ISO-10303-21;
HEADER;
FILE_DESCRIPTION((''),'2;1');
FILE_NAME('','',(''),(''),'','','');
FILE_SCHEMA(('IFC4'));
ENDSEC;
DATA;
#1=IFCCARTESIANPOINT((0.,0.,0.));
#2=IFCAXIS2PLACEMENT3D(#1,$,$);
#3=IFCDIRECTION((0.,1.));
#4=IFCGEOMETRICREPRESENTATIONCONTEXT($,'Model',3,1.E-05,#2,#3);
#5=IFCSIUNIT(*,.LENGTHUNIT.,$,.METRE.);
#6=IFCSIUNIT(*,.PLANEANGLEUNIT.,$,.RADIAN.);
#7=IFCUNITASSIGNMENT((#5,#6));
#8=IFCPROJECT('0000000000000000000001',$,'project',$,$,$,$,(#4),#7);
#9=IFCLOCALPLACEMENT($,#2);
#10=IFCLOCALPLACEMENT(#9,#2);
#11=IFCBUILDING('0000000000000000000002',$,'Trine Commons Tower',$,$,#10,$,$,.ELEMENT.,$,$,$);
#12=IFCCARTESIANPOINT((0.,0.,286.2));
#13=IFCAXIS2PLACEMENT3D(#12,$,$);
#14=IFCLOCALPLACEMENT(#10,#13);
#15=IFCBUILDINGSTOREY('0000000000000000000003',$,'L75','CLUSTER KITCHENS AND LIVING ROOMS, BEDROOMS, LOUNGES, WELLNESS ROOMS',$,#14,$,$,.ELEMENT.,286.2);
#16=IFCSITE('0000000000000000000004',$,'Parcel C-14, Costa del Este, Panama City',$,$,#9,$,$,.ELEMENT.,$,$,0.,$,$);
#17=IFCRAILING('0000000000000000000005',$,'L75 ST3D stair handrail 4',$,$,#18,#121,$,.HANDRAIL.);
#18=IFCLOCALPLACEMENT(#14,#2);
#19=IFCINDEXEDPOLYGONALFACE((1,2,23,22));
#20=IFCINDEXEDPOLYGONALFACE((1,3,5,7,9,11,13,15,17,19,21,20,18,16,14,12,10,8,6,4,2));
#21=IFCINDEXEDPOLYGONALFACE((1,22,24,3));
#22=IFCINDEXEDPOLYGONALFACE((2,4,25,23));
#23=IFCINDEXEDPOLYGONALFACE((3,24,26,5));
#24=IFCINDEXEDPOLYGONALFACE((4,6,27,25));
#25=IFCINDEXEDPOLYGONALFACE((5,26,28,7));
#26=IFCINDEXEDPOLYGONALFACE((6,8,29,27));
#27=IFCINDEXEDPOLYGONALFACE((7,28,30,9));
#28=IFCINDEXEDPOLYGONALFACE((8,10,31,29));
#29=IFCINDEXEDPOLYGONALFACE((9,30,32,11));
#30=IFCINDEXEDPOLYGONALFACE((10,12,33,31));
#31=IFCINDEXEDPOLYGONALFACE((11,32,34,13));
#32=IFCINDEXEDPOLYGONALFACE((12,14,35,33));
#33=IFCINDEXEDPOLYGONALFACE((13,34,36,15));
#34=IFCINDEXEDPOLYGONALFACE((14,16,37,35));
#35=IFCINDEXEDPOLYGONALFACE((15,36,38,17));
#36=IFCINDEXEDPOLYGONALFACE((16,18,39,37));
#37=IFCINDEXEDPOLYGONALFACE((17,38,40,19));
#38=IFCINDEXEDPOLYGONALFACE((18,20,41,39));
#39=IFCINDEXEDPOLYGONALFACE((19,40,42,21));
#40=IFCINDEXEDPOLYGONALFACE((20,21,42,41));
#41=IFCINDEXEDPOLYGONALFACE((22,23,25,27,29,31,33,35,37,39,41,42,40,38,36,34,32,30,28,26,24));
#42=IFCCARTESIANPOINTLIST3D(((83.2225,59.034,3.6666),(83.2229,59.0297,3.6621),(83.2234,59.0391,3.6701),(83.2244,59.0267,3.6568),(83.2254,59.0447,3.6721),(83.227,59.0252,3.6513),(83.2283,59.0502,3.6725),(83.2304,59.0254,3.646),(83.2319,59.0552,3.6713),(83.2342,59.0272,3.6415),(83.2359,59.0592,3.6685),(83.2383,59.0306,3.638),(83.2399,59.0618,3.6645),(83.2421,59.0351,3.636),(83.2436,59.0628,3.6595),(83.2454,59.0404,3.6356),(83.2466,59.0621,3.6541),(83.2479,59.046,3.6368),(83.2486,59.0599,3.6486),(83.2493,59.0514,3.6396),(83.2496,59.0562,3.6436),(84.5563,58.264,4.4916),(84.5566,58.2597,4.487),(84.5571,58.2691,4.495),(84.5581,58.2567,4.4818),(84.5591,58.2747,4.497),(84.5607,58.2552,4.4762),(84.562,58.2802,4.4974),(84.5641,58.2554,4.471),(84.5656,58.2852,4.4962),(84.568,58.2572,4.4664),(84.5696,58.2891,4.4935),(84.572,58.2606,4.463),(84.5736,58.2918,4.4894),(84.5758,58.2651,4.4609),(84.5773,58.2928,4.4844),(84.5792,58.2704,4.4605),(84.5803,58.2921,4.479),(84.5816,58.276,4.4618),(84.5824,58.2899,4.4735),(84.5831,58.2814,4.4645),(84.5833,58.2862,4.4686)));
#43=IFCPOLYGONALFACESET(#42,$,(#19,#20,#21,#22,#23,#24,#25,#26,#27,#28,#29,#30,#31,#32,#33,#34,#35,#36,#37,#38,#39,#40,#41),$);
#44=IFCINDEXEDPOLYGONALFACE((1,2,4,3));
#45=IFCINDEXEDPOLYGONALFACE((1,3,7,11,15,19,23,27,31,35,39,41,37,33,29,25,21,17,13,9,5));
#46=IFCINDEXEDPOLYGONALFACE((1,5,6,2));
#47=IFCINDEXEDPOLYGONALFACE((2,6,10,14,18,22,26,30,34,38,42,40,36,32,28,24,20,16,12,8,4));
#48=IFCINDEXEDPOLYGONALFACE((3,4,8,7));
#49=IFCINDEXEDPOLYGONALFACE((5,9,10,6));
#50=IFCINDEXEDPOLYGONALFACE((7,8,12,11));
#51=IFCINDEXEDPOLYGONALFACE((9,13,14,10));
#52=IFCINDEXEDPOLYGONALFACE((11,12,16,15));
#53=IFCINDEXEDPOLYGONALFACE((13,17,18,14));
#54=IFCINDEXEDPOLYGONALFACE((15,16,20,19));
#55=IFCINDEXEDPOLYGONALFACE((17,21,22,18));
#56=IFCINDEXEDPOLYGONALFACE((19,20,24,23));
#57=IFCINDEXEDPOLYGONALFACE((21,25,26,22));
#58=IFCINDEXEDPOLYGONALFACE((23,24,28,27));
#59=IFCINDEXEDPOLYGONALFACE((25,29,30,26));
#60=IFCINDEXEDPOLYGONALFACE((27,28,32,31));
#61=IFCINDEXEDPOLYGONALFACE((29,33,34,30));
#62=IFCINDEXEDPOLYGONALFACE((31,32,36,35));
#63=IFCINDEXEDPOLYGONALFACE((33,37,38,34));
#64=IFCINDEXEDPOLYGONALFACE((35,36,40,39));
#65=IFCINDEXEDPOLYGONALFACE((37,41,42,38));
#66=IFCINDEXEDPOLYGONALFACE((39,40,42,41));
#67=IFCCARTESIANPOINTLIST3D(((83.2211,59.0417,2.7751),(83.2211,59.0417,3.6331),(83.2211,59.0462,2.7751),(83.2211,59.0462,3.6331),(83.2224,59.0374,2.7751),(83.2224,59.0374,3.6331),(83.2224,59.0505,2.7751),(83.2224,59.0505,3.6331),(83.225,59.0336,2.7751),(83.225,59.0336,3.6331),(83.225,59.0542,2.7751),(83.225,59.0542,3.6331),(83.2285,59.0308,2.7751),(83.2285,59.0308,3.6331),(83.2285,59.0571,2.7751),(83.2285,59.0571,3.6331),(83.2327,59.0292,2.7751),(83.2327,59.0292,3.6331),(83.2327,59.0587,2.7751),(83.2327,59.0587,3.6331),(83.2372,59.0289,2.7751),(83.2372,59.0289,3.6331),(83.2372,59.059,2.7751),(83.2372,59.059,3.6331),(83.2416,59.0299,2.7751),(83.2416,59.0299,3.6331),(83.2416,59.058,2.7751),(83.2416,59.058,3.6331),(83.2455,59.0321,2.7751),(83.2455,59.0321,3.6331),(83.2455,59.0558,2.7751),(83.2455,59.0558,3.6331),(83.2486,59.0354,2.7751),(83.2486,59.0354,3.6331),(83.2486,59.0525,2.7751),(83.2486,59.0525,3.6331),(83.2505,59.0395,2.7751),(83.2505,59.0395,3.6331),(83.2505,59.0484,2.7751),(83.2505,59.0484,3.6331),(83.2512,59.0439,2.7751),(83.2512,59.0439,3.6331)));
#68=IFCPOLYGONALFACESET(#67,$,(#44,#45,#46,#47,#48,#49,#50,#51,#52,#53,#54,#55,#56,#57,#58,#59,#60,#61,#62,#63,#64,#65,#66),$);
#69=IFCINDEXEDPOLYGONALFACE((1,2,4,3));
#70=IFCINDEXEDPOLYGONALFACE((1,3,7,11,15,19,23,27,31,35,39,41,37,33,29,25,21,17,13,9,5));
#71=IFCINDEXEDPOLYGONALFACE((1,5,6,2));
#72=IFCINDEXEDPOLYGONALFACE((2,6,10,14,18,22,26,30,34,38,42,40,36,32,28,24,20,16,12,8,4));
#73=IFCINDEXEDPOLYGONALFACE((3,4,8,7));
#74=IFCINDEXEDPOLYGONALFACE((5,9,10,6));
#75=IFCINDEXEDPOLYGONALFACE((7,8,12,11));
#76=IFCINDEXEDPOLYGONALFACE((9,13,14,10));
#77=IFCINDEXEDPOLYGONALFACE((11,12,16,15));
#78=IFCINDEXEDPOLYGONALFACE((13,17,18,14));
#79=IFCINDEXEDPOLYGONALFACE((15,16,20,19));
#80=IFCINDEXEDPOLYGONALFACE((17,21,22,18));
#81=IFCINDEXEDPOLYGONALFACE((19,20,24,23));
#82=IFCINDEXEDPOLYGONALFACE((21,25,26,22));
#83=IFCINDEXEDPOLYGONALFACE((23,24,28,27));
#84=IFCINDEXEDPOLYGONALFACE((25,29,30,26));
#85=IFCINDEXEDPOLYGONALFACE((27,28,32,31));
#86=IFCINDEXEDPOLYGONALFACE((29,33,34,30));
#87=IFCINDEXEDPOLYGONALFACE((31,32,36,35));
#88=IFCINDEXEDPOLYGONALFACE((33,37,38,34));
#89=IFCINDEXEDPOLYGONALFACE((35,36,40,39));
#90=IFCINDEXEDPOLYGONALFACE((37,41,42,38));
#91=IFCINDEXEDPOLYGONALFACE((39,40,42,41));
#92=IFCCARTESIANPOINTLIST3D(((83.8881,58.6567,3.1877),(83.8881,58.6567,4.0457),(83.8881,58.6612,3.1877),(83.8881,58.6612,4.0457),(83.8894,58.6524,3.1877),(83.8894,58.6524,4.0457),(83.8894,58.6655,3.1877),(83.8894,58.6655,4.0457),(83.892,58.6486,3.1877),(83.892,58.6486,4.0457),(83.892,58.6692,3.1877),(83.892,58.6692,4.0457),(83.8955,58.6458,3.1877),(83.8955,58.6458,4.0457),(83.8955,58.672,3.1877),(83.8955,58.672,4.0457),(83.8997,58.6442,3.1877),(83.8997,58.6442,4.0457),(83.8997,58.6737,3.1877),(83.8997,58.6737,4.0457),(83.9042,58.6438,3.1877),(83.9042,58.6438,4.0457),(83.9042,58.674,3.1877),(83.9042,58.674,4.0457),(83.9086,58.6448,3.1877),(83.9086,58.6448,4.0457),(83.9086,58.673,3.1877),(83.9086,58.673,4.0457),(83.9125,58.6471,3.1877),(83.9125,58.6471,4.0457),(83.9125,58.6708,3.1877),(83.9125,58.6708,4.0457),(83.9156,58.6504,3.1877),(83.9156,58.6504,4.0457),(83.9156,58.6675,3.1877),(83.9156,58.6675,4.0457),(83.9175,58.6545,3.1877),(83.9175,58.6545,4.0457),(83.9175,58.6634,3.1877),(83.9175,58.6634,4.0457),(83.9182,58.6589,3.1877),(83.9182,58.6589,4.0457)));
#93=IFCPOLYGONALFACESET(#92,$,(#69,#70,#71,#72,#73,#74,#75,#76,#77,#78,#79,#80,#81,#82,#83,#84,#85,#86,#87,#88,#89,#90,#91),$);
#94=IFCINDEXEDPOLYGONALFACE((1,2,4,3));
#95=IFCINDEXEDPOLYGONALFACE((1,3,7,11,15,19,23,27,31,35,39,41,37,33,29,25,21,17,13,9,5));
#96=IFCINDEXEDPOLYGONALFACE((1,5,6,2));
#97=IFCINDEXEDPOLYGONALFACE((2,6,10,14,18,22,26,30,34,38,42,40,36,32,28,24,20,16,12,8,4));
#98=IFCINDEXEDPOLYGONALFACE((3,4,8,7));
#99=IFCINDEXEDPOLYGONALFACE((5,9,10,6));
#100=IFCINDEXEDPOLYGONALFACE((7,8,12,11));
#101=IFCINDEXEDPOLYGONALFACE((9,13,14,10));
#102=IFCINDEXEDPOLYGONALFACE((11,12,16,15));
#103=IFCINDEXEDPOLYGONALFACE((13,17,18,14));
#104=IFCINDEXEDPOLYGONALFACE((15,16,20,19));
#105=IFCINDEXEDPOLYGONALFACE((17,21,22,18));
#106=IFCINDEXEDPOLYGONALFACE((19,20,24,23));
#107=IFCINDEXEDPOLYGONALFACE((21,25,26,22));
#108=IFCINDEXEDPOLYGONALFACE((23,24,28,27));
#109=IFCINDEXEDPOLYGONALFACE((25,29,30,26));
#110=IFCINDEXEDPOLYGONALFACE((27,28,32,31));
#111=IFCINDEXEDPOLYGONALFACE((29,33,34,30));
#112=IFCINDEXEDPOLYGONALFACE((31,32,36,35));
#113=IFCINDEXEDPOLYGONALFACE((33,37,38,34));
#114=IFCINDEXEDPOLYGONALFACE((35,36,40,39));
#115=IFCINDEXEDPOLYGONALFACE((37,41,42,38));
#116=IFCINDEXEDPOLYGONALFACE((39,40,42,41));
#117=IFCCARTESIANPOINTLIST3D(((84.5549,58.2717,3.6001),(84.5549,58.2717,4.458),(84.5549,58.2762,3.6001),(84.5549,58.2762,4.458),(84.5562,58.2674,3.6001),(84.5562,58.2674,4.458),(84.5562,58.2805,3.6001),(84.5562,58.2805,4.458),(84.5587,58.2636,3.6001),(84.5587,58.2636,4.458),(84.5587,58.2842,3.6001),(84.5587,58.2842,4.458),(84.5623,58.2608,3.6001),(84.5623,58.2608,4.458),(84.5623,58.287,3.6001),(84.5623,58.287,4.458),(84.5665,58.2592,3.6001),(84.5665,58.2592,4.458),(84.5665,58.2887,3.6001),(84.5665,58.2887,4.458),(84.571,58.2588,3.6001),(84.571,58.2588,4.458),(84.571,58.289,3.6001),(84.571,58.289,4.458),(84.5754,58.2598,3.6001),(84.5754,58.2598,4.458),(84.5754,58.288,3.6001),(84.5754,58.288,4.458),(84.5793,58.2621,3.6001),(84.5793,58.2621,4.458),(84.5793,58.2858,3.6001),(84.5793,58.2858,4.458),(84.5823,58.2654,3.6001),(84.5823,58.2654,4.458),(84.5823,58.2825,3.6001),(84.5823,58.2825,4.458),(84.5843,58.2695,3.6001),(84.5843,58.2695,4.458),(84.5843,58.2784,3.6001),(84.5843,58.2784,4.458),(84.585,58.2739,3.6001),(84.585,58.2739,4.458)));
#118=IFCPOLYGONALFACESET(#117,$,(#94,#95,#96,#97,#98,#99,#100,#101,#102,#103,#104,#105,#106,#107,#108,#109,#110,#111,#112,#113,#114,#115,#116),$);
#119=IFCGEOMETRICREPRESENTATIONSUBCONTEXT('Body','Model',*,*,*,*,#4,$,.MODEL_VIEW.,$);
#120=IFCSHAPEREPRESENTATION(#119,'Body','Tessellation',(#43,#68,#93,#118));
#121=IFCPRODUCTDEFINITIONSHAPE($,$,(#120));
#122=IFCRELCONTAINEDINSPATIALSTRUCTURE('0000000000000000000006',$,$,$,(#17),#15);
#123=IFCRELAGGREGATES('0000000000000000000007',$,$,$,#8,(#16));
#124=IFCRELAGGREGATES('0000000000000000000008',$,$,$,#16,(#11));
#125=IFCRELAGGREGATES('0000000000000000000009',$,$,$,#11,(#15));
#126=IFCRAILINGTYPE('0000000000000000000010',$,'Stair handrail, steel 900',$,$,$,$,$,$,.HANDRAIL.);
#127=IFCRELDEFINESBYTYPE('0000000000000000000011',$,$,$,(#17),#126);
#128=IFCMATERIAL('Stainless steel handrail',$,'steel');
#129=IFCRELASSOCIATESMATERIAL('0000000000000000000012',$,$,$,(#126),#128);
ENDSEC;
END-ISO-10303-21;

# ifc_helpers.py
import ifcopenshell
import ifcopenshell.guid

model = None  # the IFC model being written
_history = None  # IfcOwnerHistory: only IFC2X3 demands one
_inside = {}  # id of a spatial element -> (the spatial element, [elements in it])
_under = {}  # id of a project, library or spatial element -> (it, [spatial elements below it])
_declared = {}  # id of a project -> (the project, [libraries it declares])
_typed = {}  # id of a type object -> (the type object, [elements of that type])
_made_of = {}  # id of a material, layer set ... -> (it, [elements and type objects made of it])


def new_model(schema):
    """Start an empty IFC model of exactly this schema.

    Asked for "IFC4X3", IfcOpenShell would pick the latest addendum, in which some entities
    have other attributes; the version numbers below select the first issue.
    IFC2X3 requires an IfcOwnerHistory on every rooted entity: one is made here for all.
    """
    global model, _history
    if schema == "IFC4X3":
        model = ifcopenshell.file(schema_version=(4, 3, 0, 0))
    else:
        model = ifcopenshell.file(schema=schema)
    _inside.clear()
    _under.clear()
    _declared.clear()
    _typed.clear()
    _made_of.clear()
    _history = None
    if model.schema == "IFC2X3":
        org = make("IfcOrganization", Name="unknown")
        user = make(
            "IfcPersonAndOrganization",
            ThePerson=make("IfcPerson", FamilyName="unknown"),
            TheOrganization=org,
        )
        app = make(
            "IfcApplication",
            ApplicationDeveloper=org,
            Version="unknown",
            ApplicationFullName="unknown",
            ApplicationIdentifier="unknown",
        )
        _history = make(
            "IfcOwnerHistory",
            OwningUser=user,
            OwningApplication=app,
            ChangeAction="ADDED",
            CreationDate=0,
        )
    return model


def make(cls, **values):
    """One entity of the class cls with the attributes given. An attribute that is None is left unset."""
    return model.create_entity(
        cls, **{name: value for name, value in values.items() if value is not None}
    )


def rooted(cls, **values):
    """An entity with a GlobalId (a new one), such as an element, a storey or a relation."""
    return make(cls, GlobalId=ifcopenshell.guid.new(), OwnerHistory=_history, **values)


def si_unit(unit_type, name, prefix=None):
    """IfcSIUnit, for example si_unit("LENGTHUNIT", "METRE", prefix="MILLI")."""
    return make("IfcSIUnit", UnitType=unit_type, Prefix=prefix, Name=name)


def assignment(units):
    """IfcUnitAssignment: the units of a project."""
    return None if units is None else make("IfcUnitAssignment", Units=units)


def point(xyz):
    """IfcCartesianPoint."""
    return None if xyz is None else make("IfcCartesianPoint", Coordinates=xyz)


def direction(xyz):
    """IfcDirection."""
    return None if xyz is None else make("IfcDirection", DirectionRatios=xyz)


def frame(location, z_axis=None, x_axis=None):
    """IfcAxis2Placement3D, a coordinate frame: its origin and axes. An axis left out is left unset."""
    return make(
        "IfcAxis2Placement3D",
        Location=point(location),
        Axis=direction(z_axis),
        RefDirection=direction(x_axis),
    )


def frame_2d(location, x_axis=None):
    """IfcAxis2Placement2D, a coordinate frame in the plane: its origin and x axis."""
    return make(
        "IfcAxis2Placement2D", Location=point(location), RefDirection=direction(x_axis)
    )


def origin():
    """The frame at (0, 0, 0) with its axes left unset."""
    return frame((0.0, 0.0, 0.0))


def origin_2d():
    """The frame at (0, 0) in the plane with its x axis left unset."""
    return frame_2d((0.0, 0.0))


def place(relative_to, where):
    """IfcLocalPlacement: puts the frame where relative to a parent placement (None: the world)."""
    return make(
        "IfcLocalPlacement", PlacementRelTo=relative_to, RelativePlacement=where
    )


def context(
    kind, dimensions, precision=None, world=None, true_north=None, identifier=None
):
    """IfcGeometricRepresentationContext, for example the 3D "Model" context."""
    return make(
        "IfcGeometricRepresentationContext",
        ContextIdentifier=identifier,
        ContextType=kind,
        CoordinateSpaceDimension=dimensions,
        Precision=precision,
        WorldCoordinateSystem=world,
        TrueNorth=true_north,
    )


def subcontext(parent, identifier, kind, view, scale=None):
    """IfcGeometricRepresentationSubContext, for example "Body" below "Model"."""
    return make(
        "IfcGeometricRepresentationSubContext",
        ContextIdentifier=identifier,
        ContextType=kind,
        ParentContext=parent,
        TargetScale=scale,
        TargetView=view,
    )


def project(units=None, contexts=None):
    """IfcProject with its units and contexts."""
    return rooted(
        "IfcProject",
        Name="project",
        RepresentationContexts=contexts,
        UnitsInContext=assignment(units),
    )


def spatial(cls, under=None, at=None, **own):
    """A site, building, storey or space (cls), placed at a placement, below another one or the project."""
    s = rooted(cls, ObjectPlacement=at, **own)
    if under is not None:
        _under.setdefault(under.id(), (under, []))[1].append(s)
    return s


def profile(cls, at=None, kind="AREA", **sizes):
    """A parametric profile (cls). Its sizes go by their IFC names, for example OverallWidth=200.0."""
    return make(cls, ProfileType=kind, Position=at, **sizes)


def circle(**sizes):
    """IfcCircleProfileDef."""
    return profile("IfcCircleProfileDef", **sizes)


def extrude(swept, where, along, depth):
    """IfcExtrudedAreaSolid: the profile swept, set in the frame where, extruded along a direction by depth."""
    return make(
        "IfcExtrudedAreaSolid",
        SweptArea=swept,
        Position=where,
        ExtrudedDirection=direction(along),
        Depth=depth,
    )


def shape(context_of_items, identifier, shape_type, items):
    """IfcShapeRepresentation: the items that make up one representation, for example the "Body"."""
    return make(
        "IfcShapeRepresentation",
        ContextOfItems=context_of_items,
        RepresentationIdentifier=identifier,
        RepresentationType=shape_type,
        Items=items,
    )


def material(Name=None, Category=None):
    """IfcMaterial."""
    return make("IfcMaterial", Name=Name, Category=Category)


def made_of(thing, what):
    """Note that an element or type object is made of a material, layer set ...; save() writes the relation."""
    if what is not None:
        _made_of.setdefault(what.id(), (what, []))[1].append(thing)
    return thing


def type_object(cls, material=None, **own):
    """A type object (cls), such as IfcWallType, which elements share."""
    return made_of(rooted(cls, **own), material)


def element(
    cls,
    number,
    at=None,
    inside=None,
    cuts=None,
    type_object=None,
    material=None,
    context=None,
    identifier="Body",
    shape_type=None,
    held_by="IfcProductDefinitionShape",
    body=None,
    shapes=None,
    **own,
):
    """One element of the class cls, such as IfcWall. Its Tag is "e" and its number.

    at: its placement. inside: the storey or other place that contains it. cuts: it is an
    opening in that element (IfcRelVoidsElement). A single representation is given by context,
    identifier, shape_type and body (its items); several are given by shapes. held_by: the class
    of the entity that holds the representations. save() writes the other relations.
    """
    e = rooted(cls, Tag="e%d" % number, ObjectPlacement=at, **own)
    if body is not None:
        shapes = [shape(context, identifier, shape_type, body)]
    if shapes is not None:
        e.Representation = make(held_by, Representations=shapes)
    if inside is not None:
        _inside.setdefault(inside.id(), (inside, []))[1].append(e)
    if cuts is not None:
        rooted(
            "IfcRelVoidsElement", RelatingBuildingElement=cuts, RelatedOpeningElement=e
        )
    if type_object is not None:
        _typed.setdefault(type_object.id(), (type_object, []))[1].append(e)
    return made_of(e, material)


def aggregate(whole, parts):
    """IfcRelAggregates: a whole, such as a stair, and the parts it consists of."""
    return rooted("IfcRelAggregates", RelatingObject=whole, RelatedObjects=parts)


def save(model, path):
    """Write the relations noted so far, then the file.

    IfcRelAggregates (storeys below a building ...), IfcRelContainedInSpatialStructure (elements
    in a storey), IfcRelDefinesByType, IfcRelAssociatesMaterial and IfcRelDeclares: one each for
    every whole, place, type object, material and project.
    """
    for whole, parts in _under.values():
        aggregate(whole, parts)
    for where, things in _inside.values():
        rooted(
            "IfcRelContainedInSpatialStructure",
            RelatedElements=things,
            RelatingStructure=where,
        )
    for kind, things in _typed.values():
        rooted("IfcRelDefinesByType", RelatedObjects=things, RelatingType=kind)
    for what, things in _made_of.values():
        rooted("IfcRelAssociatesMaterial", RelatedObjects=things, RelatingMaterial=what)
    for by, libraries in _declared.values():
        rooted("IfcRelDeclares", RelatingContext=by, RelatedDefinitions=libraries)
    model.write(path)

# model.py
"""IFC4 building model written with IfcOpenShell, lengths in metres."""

from ifc_helpers import new_model, si_unit, direction, frame, origin, origin_2d, place, context, subcontext, project, spatial, circle, extrude, material, type_object, element, save


model = new_model("IFC4")

# Units and contexts
model_context = context("Model", 3, precision=1e-05, world=origin(), true_north=direction((0.0, 1.0)))
body_context = subcontext(model_context, "Body", "Model", "MODEL_VIEW")
ifc_project = project(units=[si_unit("LENGTHUNIT", "METRE"), si_unit("PLANEANGLEUNIT", "RADIAN")], contexts=[model_context])

# Site, building, storey
site_placement = place(None, origin())
site = spatial("IfcSite", under=ifc_project, at=site_placement, Name="Parcel C-14, Costa del Este, Panama City", CompositionType="ELEMENT", RefElevation=0.0)
building_placement = place(site_placement, origin())
building = spatial("IfcBuilding", under=site, at=building_placement, Name="Trine Commons Tower", CompositionType="ELEMENT")
storey_placement = place(building_placement, frame((0.0, 0.0, 286.2)))
storey = spatial("IfcBuildingStorey", under=building, at=storey_placement, Name="L75", Description="CLUSTER KITCHENS AND LIVING ROOMS, BEDROOMS, LOUNGES, WELLNESS ROOMS", CompositionType="ELEMENT", Elevation=286.2)

# Railing
ifc_material_1 = material(Name="Stainless steel handrail", Category="steel")
railing_type_1 = type_object("IfcRailingType", Name="Stair handrail, steel 900", PredefinedType="HANDRAIL", material=ifc_material_1)
railing_1_placement = place(storey_placement, frame((83.2361, 59.0439, 2.7751)))
element("IfcRailing", 1, at=railing_1_placement, inside=storey, type_object=railing_type_1, Name="L75 ST3D stair handrail 4", PredefinedType="HANDRAIL", context=body_context, shape_type="SweptSolid", body=[
    extrude(circle(Radius=0.021, at=origin_2d()), frame((0.0, 0.0, 0.8789), z_axis=(0.763405, -0.440743, 0.472185), x_axis=(0.499992, 0.86603, 0.0)), (0.0, 0.0, 1.0), 1.7471),
    extrude(circle(Radius=0.0151, at=origin_2d()), origin(), (0.0, 0.0, 1.0), 0.8579),
    extrude(circle(Radius=0.0151, at=origin_2d()), frame((0.667, -0.385, 0.4126)), (0.0, 0.0, 1.0), 0.8579),
    extrude(circle(Radius=0.0151, at=origin_2d()), frame((1.3337, -0.77, 0.825)), (0.0, 0.0, 1.0), 0.8579),
])

save(model, "model.ifc")
